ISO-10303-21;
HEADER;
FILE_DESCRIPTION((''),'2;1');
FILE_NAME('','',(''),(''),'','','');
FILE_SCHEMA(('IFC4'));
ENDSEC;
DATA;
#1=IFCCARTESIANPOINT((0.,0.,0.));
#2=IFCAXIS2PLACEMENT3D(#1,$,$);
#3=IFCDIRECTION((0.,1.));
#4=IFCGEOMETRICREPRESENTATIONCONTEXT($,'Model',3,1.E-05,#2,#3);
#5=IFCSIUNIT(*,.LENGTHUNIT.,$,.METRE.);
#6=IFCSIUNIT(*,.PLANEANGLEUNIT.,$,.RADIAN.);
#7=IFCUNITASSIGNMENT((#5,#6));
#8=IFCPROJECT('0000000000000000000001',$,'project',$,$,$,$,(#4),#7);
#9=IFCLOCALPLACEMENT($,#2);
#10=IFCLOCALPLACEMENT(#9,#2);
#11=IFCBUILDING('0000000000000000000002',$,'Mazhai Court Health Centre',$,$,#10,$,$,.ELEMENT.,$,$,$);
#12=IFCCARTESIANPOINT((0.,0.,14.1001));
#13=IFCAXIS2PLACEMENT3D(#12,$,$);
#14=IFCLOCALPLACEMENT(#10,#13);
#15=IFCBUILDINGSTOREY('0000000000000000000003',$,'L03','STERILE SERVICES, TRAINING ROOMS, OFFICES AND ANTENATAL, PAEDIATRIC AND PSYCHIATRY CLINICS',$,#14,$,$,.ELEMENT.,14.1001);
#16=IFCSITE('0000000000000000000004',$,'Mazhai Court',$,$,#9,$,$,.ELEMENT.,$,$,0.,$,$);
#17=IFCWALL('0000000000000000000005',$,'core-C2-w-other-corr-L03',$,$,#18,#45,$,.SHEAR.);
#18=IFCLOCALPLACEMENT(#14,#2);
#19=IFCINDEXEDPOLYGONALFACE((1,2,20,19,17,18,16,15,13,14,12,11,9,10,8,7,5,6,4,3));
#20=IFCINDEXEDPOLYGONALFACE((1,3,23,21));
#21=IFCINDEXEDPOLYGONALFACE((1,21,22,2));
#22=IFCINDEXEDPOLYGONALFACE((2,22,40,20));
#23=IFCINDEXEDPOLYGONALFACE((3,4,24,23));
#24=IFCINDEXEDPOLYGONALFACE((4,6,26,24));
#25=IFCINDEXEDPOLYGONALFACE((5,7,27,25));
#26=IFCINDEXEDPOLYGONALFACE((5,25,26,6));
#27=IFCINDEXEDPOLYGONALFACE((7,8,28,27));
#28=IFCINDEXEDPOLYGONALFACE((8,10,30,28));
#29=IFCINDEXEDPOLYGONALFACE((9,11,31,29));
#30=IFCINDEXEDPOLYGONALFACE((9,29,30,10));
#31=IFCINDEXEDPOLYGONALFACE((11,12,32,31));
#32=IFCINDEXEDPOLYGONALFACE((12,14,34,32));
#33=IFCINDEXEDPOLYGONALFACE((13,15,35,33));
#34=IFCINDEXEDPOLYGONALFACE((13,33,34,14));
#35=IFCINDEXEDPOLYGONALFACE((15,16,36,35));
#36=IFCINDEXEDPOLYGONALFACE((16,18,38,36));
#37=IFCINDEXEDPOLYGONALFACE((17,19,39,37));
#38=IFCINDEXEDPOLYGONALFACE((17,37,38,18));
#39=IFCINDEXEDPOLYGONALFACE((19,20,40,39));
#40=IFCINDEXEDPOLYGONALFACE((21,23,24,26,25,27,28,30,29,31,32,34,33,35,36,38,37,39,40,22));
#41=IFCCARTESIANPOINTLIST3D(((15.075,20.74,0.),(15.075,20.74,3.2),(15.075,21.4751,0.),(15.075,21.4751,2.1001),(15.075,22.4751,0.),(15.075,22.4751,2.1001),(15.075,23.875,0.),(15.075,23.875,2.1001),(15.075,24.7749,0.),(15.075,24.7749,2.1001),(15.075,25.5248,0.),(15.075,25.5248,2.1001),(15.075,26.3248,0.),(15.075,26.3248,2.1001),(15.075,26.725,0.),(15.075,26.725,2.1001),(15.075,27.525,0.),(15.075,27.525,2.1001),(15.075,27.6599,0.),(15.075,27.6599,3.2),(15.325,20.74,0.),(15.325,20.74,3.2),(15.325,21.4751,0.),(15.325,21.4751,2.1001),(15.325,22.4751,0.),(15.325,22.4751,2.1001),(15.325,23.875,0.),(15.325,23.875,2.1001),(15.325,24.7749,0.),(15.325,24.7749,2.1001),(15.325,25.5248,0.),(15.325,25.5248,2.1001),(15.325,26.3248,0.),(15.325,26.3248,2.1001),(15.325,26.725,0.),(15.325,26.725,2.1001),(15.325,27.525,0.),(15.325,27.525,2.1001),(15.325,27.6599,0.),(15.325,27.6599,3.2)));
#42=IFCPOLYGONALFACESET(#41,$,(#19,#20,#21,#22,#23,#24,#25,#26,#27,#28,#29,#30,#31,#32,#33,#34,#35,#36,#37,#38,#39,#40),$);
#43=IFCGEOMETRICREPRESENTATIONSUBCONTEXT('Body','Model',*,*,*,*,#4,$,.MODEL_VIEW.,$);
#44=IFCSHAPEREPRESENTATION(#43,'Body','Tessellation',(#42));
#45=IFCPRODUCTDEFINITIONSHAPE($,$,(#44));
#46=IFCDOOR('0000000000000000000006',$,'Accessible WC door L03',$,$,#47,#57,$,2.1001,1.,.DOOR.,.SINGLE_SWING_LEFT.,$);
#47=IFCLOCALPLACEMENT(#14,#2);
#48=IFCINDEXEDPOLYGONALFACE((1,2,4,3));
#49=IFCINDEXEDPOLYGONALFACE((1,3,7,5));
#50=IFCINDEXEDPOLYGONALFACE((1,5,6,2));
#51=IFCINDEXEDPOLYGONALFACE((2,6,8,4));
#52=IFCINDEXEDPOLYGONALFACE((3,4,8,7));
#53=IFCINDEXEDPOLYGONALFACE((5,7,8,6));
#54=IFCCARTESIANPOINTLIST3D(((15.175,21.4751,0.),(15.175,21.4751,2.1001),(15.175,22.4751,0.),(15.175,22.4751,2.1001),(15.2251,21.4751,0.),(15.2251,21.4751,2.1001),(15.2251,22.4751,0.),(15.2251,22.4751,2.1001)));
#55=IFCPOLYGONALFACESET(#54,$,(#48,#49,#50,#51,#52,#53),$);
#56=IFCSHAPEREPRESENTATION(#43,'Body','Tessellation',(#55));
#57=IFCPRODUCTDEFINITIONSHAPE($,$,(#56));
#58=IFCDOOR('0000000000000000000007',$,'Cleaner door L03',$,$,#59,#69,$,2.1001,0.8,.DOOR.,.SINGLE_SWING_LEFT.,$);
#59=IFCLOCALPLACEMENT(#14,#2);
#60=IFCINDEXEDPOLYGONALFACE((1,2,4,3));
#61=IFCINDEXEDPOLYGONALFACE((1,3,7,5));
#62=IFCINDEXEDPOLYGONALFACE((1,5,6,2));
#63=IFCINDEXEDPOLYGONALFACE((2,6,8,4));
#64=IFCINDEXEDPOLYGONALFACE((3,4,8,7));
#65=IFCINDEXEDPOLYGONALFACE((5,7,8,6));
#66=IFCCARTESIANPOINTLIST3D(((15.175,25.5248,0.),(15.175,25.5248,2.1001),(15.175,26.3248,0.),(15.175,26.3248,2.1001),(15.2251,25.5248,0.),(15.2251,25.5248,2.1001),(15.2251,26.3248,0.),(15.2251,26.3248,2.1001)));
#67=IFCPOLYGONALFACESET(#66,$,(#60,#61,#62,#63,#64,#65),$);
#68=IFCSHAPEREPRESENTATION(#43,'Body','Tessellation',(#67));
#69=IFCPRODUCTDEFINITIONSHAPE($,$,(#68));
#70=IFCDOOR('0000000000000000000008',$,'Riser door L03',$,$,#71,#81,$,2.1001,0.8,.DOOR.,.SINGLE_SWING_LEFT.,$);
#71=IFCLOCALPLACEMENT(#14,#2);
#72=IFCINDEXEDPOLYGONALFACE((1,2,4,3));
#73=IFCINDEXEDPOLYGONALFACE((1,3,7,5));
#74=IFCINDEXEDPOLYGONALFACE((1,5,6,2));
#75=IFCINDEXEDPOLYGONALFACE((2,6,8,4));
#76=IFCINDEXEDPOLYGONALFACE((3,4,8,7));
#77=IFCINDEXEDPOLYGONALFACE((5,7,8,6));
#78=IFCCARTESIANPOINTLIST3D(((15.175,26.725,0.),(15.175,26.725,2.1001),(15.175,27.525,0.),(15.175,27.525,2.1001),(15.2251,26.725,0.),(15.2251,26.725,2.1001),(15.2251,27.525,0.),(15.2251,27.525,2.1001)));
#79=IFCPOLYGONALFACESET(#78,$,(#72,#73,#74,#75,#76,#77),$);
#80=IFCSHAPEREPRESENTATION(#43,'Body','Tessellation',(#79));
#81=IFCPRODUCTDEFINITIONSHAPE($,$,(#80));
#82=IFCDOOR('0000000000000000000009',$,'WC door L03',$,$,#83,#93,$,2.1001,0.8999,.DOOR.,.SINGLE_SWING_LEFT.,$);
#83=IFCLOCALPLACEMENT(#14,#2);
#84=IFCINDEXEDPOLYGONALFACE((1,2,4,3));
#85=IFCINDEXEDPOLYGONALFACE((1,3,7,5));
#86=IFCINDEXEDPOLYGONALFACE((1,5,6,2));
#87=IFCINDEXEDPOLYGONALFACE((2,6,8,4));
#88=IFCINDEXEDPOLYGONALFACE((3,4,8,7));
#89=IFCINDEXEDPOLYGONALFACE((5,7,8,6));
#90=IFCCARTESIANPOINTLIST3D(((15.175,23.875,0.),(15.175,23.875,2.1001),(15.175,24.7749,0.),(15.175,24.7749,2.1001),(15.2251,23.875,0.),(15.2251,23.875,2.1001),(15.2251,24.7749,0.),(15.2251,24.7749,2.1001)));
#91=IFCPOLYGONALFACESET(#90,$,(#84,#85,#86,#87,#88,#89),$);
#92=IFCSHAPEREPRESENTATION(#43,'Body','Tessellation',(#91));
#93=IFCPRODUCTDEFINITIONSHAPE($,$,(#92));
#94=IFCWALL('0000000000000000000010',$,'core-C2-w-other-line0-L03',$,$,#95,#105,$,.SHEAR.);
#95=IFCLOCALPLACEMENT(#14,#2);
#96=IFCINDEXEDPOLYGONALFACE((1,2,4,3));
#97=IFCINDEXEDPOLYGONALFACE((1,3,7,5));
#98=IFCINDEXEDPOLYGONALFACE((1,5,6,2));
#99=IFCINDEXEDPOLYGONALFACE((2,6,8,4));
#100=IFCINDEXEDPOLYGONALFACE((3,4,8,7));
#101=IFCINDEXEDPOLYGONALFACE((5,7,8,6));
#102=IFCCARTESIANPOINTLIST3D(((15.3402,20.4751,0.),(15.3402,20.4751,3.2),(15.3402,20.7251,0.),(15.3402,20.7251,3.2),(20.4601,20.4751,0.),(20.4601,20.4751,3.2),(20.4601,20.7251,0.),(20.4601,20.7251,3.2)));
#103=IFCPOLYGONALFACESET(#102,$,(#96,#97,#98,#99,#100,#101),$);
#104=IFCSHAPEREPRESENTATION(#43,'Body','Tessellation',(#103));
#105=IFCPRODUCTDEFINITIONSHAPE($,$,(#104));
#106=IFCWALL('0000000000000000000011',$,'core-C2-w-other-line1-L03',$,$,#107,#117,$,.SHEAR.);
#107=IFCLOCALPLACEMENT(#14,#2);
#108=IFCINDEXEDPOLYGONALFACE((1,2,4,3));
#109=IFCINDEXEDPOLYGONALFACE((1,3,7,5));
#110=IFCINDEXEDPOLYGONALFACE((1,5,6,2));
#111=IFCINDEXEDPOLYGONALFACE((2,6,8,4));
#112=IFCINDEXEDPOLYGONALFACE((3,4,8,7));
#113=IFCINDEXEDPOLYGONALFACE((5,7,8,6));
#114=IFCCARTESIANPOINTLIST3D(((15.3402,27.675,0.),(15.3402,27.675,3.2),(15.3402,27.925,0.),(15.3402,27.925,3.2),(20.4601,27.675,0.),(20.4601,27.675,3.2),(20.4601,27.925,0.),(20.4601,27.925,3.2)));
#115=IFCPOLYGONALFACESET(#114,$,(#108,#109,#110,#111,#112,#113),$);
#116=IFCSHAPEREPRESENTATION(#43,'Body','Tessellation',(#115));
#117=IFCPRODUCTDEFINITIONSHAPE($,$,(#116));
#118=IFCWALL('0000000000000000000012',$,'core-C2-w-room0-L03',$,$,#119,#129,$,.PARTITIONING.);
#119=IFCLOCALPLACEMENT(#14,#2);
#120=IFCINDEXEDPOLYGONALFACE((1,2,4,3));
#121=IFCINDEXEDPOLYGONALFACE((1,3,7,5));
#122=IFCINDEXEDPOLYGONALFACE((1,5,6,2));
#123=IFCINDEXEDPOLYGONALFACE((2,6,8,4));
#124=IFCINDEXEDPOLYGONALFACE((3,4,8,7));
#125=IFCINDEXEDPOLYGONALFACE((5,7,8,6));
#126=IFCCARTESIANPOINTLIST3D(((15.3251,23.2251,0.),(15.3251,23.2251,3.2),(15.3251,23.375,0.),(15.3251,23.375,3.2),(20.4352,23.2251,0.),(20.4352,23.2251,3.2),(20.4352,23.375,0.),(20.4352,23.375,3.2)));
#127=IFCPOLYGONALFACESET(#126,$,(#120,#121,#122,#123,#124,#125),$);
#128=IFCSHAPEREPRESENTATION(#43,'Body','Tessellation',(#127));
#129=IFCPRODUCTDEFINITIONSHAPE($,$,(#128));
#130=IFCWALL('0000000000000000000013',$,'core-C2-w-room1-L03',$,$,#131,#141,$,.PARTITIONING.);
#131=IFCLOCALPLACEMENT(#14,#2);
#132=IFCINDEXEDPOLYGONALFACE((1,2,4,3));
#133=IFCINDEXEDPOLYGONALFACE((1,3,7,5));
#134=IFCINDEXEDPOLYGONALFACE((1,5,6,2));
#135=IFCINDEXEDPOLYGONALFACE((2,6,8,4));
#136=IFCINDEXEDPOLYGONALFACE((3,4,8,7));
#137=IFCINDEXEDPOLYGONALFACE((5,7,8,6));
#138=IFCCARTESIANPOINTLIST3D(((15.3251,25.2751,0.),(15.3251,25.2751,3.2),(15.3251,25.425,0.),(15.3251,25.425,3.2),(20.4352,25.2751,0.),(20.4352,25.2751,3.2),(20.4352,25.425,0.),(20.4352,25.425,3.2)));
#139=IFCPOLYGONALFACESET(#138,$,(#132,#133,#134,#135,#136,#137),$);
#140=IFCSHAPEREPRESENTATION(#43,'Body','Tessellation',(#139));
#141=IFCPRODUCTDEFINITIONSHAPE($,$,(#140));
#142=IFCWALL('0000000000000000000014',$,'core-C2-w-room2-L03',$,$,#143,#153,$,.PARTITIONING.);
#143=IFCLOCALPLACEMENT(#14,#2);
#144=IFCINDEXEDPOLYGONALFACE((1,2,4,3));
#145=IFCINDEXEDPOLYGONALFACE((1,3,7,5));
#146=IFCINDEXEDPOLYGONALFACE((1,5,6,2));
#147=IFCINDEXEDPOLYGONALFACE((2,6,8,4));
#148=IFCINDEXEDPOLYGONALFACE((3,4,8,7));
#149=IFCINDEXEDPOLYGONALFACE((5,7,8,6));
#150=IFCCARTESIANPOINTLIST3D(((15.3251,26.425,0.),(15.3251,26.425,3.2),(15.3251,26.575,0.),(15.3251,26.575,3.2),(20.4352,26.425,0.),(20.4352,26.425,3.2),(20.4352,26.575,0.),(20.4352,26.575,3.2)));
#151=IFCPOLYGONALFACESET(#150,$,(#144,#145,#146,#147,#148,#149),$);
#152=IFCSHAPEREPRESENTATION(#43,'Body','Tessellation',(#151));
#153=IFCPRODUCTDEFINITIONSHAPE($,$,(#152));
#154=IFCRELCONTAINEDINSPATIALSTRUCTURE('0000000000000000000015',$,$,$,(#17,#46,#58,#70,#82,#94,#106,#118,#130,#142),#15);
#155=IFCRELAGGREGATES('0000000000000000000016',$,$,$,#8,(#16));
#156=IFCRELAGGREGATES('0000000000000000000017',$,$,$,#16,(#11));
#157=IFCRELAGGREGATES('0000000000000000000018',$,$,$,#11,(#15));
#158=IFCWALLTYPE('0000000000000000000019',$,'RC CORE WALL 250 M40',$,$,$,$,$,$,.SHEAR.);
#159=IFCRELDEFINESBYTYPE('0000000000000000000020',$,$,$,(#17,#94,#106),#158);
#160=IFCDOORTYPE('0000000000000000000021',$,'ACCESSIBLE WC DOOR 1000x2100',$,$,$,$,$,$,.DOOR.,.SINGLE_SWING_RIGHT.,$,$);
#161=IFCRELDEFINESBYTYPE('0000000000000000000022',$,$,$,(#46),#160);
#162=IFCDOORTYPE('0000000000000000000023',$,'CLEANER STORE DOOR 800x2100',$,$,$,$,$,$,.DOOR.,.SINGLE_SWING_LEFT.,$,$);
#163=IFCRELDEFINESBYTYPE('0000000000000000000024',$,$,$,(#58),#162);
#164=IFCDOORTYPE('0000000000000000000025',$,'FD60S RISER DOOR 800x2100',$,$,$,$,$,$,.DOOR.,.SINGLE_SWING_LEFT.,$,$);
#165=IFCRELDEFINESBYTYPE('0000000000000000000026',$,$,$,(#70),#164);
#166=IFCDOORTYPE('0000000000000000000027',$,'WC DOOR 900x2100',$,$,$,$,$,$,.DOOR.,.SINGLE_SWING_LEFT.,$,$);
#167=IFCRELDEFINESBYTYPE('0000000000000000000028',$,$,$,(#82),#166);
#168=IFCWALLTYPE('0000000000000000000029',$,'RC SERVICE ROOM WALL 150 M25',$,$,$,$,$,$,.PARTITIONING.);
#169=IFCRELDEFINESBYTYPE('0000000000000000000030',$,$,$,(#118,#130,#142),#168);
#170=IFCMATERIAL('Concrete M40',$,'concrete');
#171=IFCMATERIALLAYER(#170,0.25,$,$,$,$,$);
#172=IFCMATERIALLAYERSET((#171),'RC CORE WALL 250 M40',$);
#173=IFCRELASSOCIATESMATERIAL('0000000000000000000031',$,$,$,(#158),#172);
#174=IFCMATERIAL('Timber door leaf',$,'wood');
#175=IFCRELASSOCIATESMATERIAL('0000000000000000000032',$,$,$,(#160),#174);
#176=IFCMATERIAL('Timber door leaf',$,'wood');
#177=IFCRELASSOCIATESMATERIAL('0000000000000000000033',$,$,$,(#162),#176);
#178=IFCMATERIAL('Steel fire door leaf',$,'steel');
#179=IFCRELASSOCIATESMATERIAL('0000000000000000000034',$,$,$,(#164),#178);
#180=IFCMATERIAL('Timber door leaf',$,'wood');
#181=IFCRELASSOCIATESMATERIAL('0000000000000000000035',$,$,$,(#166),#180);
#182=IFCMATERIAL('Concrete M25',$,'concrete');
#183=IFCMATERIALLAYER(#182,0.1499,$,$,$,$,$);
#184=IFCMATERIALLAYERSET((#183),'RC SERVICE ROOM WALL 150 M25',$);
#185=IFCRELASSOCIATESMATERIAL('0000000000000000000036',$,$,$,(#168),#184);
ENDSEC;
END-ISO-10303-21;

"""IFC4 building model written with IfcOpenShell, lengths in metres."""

from ifc_helpers import new_model, si_unit, direction, frame, frame_2d, origin, place, context, subcontext, project, spatial, rectangle, extrude, material, layer, layer_set, type_object, element, fill, save


model = new_model("IFC4")

# Units and contexts
model_context = context("Model", 3, precision=1e-05, world=origin(), true_north=direction((0.0, 1.0)))
body_context = subcontext(model_context, "Body", "Model", "MODEL_VIEW")
ifc_project = project(units=[si_unit("LENGTHUNIT", "METRE"), si_unit("PLANEANGLEUNIT", "RADIAN")], contexts=[model_context])

# Site, building, storey
site_placement = place(None, origin())
site = spatial("IfcSite", under=ifc_project, at=site_placement, Name="Mazhai Court", CompositionType="ELEMENT", RefElevation=0.0)
building_placement = place(site_placement, origin())
building = spatial("IfcBuilding", under=site, at=building_placement, Name="Mazhai Court Health Centre", CompositionType="ELEMENT")
storey_placement = place(building_placement, frame((0.0, 0.0, 14.1001)))
storey = spatial("IfcBuildingStorey", under=building, at=storey_placement, Name="L03", Description="STERILE SERVICES, TRAINING ROOMS, OFFICES AND ANTENATAL, PAEDIATRIC AND PSYCHIATRY CLINICS", CompositionType="ELEMENT", Elevation=14.1001)

# Shared definitions
ifc_material_1 = material(Name="Concrete M40", Category="concrete")
ifc_layer_1 = layer(ifc_material_1, 0.25)
ifc_layer_set_1 = layer_set([ifc_layer_1], Name="RC CORE WALL 250 M40")
wall_type_1 = type_object("IfcWallType", Name="RC CORE WALL 250 M40", PredefinedType="SHEAR", material=ifc_layer_set_1)

# Wall, openings, doors
wall_1_placement = place(storey_placement, frame((15.2, 20.74, 0.0), z_axis=(0.0, 0.0, 1.0), x_axis=(0.0, 1.0, 0.0)))
wall_1 = element("IfcWall", 1, at=wall_1_placement, inside=storey, type_object=wall_type_1, Name="core-C2-w-other-corr-L03", PredefinedType="SHEAR", context=body_context, shape_type="SweptSolid", body=[
    extrude(rectangle(XDim=6.9199, YDim=0.25, at=frame_2d((3.46, 0.0))), origin(), (0.0, 0.0, 1.0), 3.2),
])
opening_1_placement = place(wall_1_placement, frame((0.7351, 0.0, 0.0)))
opening_1 = element("IfcOpeningElement", 2, at=opening_1_placement, cuts=wall_1, PredefinedType="OPENING", context=body_context, shape_type="SweptSolid", body=[
    extrude(rectangle(XDim=1.0, YDim=2.1001, at=frame_2d((0.5, 1.05))), frame((0.0, 0.135, 0.0), z_axis=(0.0, -1.0, 0.0), x_axis=(1.0, 0.0, 0.0)), (0.0, 0.0, 1.0), 0.27),
])
opening_2_placement = place(wall_1_placement, frame((3.135, 0.0, 0.0)))
opening_2 = element("IfcOpeningElement", 3, at=opening_2_placement, cuts=wall_1, PredefinedType="OPENING", context=body_context, shape_type="SweptSolid", body=[
    extrude(rectangle(XDim=0.8999, YDim=2.1001, at=frame_2d((0.45, 1.05))), frame((0.0, 0.135, 0.0), z_axis=(0.0, -1.0, 0.0), x_axis=(1.0, 0.0, 0.0)), (0.0, 0.0, 1.0), 0.27),
])
opening_3_placement = place(wall_1_placement, frame((4.7849, 0.0, 0.0)))
opening_3 = element("IfcOpeningElement", 4, at=opening_3_placement, cuts=wall_1, PredefinedType="OPENING", context=body_context, shape_type="SweptSolid", body=[
    extrude(rectangle(XDim=0.8, YDim=2.1001, at=frame_2d((0.3999, 1.05))), frame((0.0, 0.135, 0.0), z_axis=(0.0, -1.0, 0.0), x_axis=(1.0, 0.0, 0.0)), (0.0, 0.0, 1.0), 0.27),
])
opening_4_placement = place(wall_1_placement, frame((5.9851, 0.0, 0.0)))
opening_4 = element("IfcOpeningElement", 5, at=opening_4_placement, cuts=wall_1, PredefinedType="OPENING", context=body_context, shape_type="SweptSolid", body=[
    extrude(rectangle(XDim=0.8, YDim=2.1001, at=frame_2d((0.3999, 1.05))), frame((0.0, 0.135, 0.0), z_axis=(0.0, -1.0, 0.0), x_axis=(1.0, 0.0, 0.0)), (0.0, 0.0, 1.0), 0.27),
])
ifc_material_2 = material(Name="Timber door leaf", Category="wood")
door_type_1 = type_object("IfcDoorType", Name="ACCESSIBLE WC DOOR 1000x2100", OperationType="SINGLE_SWING_RIGHT", PredefinedType="DOOR", material=ifc_material_2)
door_1_placement = place(opening_1_placement, origin())
door_1 = element("IfcDoor", 6, at=door_1_placement, inside=storey, type_object=door_type_1, Name="Accessible WC door L03", OperationType="SINGLE_SWING_LEFT", OverallHeight=2.1001, OverallWidth=1.0, PredefinedType="DOOR", context=body_context, shape_type="SweptSolid", body=[
    extrude(rectangle(XDim=1.0, YDim=2.1001, at=frame_2d((0.5, 1.05))), frame((0.0, 0.0249, 0.0), z_axis=(0.0, -1.0, 0.0), x_axis=(1.0, 0.0, 0.0)), (0.0, 0.0, 1.0), 0.05),
])
fill(opening_1, door_1)
ifc_material_3 = material(Name="Timber door leaf", Category="wood")
door_type_2 = type_object("IfcDoorType", Name="CLEANER STORE DOOR 800x2100", OperationType="SINGLE_SWING_LEFT", PredefinedType="DOOR", material=ifc_material_3)
door_2_placement = place(opening_3_placement, origin())
door_2 = element("IfcDoor", 7, at=door_2_placement, inside=storey, type_object=door_type_2, Name="Cleaner door L03", OperationType="SINGLE_SWING_LEFT", OverallHeight=2.1001, OverallWidth=0.8, PredefinedType="DOOR", context=body_context, shape_type="SweptSolid", body=[
    extrude(rectangle(XDim=0.8, YDim=2.1001, at=frame_2d((0.3999, 1.05))), frame((0.0, 0.0249, 0.0), z_axis=(0.0, -1.0, 0.0), x_axis=(1.0, 0.0, 0.0)), (0.0, 0.0, 1.0), 0.05),
])
fill(opening_3, door_2)
ifc_material_4 = material(Name="Steel fire door leaf", Category="steel")
door_type_3 = type_object("IfcDoorType", Name="FD60S RISER DOOR 800x2100", OperationType="SINGLE_SWING_LEFT", PredefinedType="DOOR", material=ifc_material_4)
door_3_placement = place(opening_4_placement, origin())
door_3 = element("IfcDoor", 8, at=door_3_placement, inside=storey, type_object=door_type_3, Name="Riser door L03", OperationType="SINGLE_SWING_LEFT", OverallHeight=2.1001, OverallWidth=0.8, PredefinedType="DOOR", context=body_context, shape_type="SweptSolid", body=[
    extrude(rectangle(XDim=0.8, YDim=2.1001, at=frame_2d((0.3999, 1.05))), frame((0.0, 0.0249, 0.0), z_axis=(0.0, -1.0, 0.0), x_axis=(1.0, 0.0, 0.0)), (0.0, 0.0, 1.0), 0.05),
])
fill(opening_4, door_3)
ifc_material_5 = material(Name="Timber door leaf", Category="wood")
door_type_4 = type_object("IfcDoorType", Name="WC DOOR 900x2100", OperationType="SINGLE_SWING_LEFT", PredefinedType="DOOR", material=ifc_material_5)
door_4_placement = place(opening_2_placement, origin())
door_4 = element("IfcDoor", 9, at=door_4_placement, inside=storey, type_object=door_type_4, Name="WC door L03", OperationType="SINGLE_SWING_LEFT", OverallHeight=2.1001, OverallWidth=0.8999, PredefinedType="DOOR", context=body_context, shape_type="SweptSolid", body=[
    extrude(rectangle(XDim=0.8999, YDim=2.1001, at=frame_2d((0.45, 1.05))), frame((0.0, 0.0249, 0.0), z_axis=(0.0, -1.0, 0.0), x_axis=(1.0, 0.0, 0.0)), (0.0, 0.0, 1.0), 0.05),
])
fill(opening_2, door_4)

# Walls
for number, where, z_axis, x_axis, name in (
    (10, (15.3401, 20.6001, 0.0), (0.0, 0.0, 1.0), (1.0, 0.0, 0.0), "core-C2-w-other-line0-L03"),
    (11, (15.3401, 27.8, 0.0), (0.0, 0.0, 1.0), (1.0, 0.0, 0.0), "core-C2-w-other-line1-L03"),
):
    element("IfcWall", number, at=place(storey_placement, frame(where, z_axis=z_axis, x_axis=x_axis)), inside=storey, type_object=wall_type_1, Name=name, PredefinedType="SHEAR", context=body_context, shape_type="SweptSolid", body=[
        extrude(rectangle(XDim=5.1199, YDim=0.25, at=frame_2d((2.5601, 0.0))), origin(), (0.0, 0.0, 1.0), 3.2),
    ])
ifc_material_6 = material(Name="Concrete M25", Category="concrete")
ifc_layer_2 = layer(ifc_material_6, 0.1499)
ifc_layer_set_2 = layer_set([ifc_layer_2], Name="RC SERVICE ROOM WALL 150 M25")
wall_type_2 = type_object("IfcWallType", Name="RC SERVICE ROOM WALL 150 M25", PredefinedType="PARTITIONING", material=ifc_layer_set_2)
for number, where, z_axis, x_axis, name in (
    (12, (15.325, 23.3, 0.0), (0.0, 0.0, 1.0), (1.0, 0.0, 0.0), "core-C2-w-room0-L03"),
    (13, (15.325, 25.3501, 0.0), (0.0, 0.0, 1.0), (1.0, 0.0, 0.0), "core-C2-w-room1-L03"),
    (14, (15.325, 26.5, 0.0), (0.0, 0.0, 1.0), (1.0, 0.0, 0.0), "core-C2-w-room2-L03"),
):
    element("IfcWall", number, at=place(storey_placement, frame(where, z_axis=z_axis, x_axis=x_axis)), inside=storey, type_object=wall_type_2, Name=name, PredefinedType="PARTITIONING", context=body_context, shape_type="SweptSolid", body=[
        extrude(rectangle(XDim=5.1101, YDim=0.1499, at=frame_2d((2.5552, 0.0))), origin(), (0.0, 0.0, 1.0), 3.2),
    ])

save(model, "model.ifc")
